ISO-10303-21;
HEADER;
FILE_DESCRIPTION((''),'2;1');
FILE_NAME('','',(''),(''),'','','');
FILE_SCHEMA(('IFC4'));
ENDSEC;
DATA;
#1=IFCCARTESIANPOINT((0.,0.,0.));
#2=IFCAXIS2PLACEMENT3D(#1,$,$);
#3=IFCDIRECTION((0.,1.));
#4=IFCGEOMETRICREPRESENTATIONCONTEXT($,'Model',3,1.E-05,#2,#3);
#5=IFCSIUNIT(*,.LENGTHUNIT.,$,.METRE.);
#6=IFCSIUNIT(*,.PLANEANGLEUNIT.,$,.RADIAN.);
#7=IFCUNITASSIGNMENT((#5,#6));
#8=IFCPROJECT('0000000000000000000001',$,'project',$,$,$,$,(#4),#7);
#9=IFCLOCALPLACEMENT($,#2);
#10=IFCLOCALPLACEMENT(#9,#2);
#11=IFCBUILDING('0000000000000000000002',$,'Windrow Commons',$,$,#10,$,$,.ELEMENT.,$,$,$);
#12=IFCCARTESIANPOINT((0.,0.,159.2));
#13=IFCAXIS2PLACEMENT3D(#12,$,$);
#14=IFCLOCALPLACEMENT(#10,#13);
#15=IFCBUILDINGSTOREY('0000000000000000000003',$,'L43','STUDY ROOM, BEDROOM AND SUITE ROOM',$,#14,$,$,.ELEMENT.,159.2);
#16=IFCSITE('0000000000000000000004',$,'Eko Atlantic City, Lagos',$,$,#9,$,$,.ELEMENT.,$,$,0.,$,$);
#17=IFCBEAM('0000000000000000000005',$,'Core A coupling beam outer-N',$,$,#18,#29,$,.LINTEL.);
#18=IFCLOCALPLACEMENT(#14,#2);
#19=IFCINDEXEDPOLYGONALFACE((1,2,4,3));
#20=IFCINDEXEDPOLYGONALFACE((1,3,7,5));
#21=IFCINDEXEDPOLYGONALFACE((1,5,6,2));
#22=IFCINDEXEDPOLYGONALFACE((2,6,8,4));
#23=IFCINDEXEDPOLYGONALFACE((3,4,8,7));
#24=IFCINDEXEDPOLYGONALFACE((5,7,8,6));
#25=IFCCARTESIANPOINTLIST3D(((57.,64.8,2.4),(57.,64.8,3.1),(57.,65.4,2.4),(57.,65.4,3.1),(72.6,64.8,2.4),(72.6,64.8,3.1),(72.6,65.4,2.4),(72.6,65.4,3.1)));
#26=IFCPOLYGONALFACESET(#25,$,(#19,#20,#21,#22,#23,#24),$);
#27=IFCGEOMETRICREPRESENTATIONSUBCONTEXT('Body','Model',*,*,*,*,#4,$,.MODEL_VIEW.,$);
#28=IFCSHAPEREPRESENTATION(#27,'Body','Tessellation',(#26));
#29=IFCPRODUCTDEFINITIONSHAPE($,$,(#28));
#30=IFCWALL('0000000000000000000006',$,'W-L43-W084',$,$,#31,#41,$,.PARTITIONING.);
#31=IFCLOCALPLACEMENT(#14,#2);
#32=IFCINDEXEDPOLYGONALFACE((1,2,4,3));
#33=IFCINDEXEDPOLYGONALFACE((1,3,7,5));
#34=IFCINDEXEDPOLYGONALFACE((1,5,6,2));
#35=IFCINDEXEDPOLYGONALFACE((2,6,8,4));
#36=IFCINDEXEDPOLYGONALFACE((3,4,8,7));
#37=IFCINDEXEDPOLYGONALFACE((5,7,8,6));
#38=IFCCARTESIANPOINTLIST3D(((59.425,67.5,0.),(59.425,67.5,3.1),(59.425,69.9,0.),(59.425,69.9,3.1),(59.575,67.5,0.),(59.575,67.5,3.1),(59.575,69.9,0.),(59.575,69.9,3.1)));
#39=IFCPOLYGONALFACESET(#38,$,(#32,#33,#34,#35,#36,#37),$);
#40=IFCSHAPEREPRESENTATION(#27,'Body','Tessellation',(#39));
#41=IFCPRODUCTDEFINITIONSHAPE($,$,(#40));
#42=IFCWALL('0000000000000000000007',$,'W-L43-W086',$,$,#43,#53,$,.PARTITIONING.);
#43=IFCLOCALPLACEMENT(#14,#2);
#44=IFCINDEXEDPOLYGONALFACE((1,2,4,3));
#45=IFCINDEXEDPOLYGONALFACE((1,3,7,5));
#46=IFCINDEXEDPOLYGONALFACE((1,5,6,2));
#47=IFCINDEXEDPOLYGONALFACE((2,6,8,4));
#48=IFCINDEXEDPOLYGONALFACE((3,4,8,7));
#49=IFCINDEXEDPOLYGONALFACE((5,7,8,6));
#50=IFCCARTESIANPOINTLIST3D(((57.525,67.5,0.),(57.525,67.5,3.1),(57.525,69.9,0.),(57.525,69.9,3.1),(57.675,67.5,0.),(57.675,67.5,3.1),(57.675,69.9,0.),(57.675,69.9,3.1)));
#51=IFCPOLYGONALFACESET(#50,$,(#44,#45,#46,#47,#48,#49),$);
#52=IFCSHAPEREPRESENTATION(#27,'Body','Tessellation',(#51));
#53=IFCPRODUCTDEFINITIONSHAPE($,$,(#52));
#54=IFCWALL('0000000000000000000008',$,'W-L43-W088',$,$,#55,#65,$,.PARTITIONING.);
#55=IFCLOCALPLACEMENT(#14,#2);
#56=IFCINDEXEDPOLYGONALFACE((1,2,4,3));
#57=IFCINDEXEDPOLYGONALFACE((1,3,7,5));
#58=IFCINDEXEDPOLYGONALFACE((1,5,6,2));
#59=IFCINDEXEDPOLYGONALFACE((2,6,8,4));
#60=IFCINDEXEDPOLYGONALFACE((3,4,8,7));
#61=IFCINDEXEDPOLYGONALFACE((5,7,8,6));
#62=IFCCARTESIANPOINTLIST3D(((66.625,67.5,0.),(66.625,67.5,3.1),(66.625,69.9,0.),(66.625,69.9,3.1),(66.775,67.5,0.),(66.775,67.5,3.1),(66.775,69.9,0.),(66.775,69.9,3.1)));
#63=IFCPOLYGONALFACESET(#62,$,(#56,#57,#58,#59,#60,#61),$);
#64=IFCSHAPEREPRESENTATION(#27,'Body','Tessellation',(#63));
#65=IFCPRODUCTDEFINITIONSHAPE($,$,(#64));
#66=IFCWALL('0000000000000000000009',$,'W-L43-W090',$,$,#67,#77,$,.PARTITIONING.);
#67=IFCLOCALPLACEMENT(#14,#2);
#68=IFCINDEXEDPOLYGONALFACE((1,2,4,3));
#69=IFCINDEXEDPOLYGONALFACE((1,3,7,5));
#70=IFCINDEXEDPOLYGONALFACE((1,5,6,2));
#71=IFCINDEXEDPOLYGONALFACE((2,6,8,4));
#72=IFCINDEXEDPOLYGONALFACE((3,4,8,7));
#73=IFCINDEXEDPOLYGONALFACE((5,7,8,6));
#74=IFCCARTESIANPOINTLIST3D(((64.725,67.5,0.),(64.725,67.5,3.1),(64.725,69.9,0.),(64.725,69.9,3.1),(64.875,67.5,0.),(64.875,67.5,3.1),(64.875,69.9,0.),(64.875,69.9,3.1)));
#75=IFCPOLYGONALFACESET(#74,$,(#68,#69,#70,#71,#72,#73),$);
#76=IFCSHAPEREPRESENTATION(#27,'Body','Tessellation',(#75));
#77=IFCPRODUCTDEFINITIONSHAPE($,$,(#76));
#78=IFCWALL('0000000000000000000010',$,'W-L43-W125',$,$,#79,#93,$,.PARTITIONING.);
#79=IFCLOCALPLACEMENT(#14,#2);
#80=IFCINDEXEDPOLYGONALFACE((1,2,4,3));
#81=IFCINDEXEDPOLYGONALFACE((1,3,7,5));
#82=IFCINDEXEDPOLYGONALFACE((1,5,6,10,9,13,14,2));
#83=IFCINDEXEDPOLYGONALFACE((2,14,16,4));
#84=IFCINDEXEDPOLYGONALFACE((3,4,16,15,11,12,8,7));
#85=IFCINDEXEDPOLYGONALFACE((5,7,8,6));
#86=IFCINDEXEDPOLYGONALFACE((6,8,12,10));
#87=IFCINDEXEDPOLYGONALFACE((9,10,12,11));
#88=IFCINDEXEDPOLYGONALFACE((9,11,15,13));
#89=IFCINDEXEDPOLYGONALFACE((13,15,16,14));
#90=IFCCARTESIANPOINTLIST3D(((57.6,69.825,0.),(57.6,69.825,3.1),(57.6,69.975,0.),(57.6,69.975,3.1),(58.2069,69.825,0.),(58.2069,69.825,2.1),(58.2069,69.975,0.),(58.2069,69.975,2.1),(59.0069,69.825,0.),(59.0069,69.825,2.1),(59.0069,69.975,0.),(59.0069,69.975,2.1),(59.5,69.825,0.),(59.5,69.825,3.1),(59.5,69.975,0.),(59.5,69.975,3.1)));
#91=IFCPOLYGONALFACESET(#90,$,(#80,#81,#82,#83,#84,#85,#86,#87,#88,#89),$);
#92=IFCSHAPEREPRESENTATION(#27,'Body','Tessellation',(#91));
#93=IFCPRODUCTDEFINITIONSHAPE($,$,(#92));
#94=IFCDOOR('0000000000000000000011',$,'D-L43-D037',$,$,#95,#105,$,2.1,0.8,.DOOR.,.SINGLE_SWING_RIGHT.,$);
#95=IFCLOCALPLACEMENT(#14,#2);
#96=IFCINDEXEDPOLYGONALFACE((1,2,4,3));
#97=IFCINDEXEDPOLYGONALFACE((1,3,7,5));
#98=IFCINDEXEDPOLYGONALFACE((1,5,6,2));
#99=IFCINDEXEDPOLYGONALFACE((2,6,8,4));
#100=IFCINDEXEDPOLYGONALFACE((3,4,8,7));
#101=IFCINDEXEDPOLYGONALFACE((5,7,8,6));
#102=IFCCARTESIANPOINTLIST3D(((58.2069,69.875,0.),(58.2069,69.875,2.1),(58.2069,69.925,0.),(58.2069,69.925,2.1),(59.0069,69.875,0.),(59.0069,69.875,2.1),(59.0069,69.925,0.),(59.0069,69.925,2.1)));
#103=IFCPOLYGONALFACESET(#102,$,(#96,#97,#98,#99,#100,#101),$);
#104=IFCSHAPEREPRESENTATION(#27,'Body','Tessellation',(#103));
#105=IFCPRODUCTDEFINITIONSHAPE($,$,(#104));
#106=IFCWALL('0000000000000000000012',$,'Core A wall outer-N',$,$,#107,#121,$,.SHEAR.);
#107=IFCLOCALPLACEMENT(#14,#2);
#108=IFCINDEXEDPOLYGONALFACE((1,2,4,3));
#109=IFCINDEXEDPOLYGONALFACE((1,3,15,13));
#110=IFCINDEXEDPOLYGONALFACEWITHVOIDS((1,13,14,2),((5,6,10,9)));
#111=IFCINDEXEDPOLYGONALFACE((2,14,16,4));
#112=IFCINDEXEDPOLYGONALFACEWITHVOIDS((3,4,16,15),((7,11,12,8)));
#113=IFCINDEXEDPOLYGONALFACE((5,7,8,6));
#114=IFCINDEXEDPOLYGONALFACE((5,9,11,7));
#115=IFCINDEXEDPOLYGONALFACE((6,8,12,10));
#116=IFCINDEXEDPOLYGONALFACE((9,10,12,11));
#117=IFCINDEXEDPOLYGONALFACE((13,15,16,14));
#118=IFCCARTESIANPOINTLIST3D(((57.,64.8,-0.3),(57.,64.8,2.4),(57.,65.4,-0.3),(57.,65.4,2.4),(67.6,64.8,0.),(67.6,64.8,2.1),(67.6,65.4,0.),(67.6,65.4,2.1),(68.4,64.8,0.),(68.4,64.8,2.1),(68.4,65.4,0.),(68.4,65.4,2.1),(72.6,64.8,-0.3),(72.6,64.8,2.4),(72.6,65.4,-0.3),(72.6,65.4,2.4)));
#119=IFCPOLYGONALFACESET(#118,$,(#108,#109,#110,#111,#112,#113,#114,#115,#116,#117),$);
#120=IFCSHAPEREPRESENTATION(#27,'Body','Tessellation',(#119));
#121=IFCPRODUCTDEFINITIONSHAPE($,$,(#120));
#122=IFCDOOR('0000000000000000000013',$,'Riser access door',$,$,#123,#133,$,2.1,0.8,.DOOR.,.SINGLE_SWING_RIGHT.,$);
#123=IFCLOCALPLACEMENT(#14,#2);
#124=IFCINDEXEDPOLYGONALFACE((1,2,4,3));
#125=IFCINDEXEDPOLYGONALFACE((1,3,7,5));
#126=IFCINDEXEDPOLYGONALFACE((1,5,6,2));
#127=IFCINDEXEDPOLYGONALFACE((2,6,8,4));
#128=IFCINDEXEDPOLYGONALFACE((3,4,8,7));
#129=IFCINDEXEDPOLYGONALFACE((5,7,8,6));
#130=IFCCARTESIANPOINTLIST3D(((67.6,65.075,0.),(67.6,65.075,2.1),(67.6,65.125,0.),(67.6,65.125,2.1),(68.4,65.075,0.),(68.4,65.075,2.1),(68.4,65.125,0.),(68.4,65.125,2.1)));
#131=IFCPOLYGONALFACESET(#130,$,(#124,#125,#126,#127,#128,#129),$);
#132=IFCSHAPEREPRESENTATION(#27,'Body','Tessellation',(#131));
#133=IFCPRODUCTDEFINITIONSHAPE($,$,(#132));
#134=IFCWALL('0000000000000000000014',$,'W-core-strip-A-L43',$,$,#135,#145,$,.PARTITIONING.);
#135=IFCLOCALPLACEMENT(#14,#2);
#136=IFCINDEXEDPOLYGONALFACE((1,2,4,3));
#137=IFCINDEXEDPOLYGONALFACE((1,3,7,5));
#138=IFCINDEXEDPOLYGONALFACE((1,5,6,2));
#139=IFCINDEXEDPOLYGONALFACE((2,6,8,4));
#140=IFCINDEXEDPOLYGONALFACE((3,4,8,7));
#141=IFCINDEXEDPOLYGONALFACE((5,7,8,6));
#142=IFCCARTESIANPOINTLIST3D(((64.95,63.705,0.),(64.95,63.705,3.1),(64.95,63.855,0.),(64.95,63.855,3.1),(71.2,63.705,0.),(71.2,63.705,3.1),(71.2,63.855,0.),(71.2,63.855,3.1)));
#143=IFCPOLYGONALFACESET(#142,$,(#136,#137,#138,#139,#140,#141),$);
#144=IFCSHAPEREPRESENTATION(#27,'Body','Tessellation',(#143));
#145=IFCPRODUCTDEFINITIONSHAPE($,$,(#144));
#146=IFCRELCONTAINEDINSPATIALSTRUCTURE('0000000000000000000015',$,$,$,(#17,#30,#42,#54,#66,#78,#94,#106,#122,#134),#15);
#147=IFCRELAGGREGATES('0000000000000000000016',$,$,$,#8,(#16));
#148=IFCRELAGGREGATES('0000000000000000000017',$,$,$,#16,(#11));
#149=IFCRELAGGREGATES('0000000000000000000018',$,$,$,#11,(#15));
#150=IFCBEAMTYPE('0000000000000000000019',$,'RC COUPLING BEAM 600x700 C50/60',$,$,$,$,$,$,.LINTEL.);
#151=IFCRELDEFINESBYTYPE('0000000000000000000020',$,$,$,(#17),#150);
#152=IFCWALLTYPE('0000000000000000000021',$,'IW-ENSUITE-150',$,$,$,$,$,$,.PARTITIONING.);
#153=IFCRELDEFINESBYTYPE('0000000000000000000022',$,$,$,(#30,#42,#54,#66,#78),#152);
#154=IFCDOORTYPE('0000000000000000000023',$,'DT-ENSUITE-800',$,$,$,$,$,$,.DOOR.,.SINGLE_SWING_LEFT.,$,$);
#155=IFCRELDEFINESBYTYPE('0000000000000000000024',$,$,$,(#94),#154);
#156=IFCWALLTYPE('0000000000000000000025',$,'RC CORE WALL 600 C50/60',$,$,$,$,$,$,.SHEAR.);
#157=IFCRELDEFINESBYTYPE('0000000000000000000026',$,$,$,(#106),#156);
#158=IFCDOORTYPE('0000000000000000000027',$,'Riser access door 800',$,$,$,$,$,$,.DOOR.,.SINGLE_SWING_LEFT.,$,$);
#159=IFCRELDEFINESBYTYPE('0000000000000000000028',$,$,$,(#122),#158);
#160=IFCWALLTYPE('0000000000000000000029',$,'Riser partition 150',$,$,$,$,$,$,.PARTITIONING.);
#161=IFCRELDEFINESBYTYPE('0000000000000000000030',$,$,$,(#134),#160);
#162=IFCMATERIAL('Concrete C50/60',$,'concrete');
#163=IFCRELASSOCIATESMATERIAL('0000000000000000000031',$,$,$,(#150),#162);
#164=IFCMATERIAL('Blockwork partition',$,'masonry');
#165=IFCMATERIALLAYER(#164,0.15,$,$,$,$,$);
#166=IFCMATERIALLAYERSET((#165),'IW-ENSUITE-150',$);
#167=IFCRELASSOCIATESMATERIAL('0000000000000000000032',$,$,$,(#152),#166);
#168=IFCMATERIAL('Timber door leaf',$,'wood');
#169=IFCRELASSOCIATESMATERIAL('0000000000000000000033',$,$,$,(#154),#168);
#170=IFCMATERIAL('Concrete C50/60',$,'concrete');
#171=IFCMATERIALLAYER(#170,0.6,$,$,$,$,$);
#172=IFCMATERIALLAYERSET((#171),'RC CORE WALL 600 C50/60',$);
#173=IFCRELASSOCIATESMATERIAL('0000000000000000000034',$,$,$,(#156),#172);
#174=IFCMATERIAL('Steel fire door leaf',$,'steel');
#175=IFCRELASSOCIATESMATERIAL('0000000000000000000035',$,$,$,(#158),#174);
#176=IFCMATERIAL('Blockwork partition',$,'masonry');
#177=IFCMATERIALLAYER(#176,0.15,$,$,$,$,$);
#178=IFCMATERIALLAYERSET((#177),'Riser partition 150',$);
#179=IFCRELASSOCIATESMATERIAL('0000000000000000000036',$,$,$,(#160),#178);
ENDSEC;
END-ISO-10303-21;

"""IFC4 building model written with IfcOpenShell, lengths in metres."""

from ifc_helpers import new_model, si_unit, direction, frame, frame_2d, origin, origin_2d, place, context, subcontext, project, spatial, rectangle, extrude, material, layer, layer_set, material_profile, profile_set, type_object, element, fill, save


model = new_model("IFC4")

# Units and contexts
model_context = context("Model", 3, precision=1e-05, world=origin(), true_north=direction((0.0, 1.0)))
body_context = subcontext(model_context, "Body", "Model", "MODEL_VIEW")
ifc_project = project(units=[si_unit("LENGTHUNIT", "METRE"), si_unit("PLANEANGLEUNIT", "RADIAN")], contexts=[model_context])

# Site, building, storey
site_placement = place(None, origin())
site = spatial("IfcSite", under=ifc_project, at=site_placement, Name="Eko Atlantic City, Lagos", CompositionType="ELEMENT", RefElevation=0.0)
building_placement = place(site_placement, origin())
building = spatial("IfcBuilding", under=site, at=building_placement, Name="Windrow Commons", CompositionType="ELEMENT")
storey_placement = place(building_placement, frame((0.0, 0.0, 159.2)))
storey = spatial("IfcBuildingStorey", under=building, at=storey_placement, Name="L43", Description="STUDY ROOM, BEDROOM AND SUITE ROOM", CompositionType="ELEMENT", Elevation=159.2)

# Beam
ifc_material_1 = material(Name="Concrete C50/60", Category="concrete")
ifc_material_profile = material_profile(ifc_material_1, rectangle(XDim=0.6, YDim=0.7, at=origin_2d()))
ifc_profile_set = profile_set([ifc_material_profile], Name="Concrete C50/60")
beam_type = type_object("IfcBeamType", Name="RC COUPLING BEAM 600x700 C50/60", PredefinedType="LINTEL", material=ifc_profile_set)
beam_placement = place(storey_placement, frame((57.0, 65.1, 2.75), z_axis=(1.0, 0.0, 0.0), x_axis=(0.0, 1.0, 0.0)))
element("IfcBeam", 1, at=beam_placement, inside=storey, type_object=beam_type, Name="Core A coupling beam outer-N", PredefinedType="LINTEL", context=body_context, shape_type="SweptSolid", body=[
    extrude(rectangle(XDim=0.6, YDim=0.7, at=origin_2d()), origin(), (0.0, 0.0, 1.0), 15.6),
])

# Walls
ifc_material_2 = material(Name="Blockwork partition", Category="masonry")
ifc_layer_1 = layer(ifc_material_2, 0.15)
ifc_layer_set_1 = layer_set([ifc_layer_1], Name="IW-ENSUITE-150")
wall_type_1 = type_object("IfcWallType", Name="IW-ENSUITE-150", PredefinedType="PARTITIONING", material=ifc_layer_set_1)
for number, where, z_axis, x_axis, name in (
    (2, (59.5, 67.5, 0.0), (0.0, 0.0, 1.0), (0.0, 1.0, 0.0), "W-L43-W084"),
    (3, (57.6, 67.5, 0.0), (0.0, 0.0, 1.0), (0.0, 1.0, 0.0), "W-L43-W086"),
    (4, (66.7, 67.5, 0.0), (0.0, 0.0, 1.0), (0.0, 1.0, 0.0), "W-L43-W088"),
    (5, (64.8, 67.5, 0.0), (0.0, 0.0, 1.0), (0.0, 1.0, 0.0), "W-L43-W090"),
):
    element("IfcWall", number, at=place(storey_placement, frame(where, z_axis=z_axis, x_axis=x_axis)), inside=storey, type_object=wall_type_1, Name=name, PredefinedType="PARTITIONING", context=body_context, shape_type="SweptSolid", body=[
        extrude(rectangle(XDim=2.4, YDim=0.15, at=frame_2d((1.2, 0.0))), origin(), (0.0, 0.0, 1.0), 3.1),
    ])

# Walls, openings, doors
wall_1_placement = place(storey_placement, frame((57.6, 69.9, 0.0), z_axis=(0.0, 0.0, 1.0), x_axis=(1.0, 0.0, 0.0)))
wall_1 = element("IfcWall", 6, at=wall_1_placement, inside=storey, type_object=wall_type_1, Name="W-L43-W125", PredefinedType="PARTITIONING", context=body_context, shape_type="SweptSolid", body=[
    extrude(rectangle(XDim=1.9, YDim=0.15, at=frame_2d((0.95, 0.0))), origin(), (0.0, 0.0, 1.0), 3.1),
])
opening_1_placement = place(wall_1_placement, frame((0.6069, 0.0, 0.0)))
opening_1 = element("IfcOpeningElement", 7, at=opening_1_placement, cuts=wall_1, PredefinedType="OPENING", context=body_context, shape_type="SweptSolid", body=[
    extrude(rectangle(XDim=0.8, YDim=2.1, at=frame_2d((0.4, 1.05))), frame((0.0, 0.085, 0.0), z_axis=(0.0, -1.0, 0.0), x_axis=(1.0, 0.0, 0.0)), (0.0, 0.0, 1.0), 0.17),
])
ifc_material_3 = material(Name="Timber door leaf", Category="wood")
door_type_1 = type_object("IfcDoorType", Name="DT-ENSUITE-800", OperationType="SINGLE_SWING_LEFT", PredefinedType="DOOR", material=ifc_material_3)
door_1_placement = place(opening_1_placement, origin())
door_1 = element("IfcDoor", 8, at=door_1_placement, inside=storey, type_object=door_type_1, Name="D-L43-D037", OperationType="SINGLE_SWING_RIGHT", OverallHeight=2.1, OverallWidth=0.8, PredefinedType="DOOR", context=body_context, shape_type="SweptSolid", body=[
    extrude(rectangle(XDim=0.8, YDim=2.1, at=frame_2d((0.4, 1.05))), frame((0.0, 0.025, 0.0), z_axis=(0.0, -1.0, 0.0), x_axis=(1.0, 0.0, 0.0)), (0.0, 0.0, 1.0), 0.05),
])
fill(opening_1, door_1)
ifc_material_4 = material(Name="Concrete C50/60", Category="concrete")
ifc_layer_2 = layer(ifc_material_4, 0.6)
ifc_layer_set_2 = layer_set([ifc_layer_2], Name="RC CORE WALL 600 C50/60")
wall_type_2 = type_object("IfcWallType", Name="RC CORE WALL 600 C50/60", PredefinedType="SHEAR", material=ifc_layer_set_2)
wall_2_placement = place(storey_placement, frame((57.0, 65.1, -0.3), z_axis=(0.0, 0.0, 1.0), x_axis=(1.0, 0.0, 0.0)))
wall_2 = element("IfcWall", 9, at=wall_2_placement, inside=storey, type_object=wall_type_2, Name="Core A wall outer-N", PredefinedType="SHEAR", context=body_context, shape_type="SweptSolid", body=[
    extrude(rectangle(XDim=15.6, YDim=0.6, at=frame_2d((7.8, 0.0))), origin(), (0.0, 0.0, 1.0), 2.7),
])
opening_2_placement = place(wall_2_placement, frame((10.6, 0.0, 0.3)))
opening_2 = element("IfcOpeningElement", 10, at=opening_2_placement, cuts=wall_2, PredefinedType="OPENING", context=body_context, shape_type="SweptSolid", body=[
    extrude(rectangle(XDim=0.8, YDim=2.1, at=frame_2d((0.4, 1.05))), frame((0.0, 0.31, 0.0), z_axis=(0.0, -1.0, 0.0), x_axis=(1.0, 0.0, 0.0)), (0.0, 0.0, 1.0), 0.62),
])
ifc_material_5 = material(Name="Steel fire door leaf", Category="steel")
door_type_2 = type_object("IfcDoorType", Name="Riser access door 800", OperationType="SINGLE_SWING_LEFT", PredefinedType="DOOR", material=ifc_material_5)
door_2_placement = place(opening_2_placement, origin())
door_2 = element("IfcDoor", 11, at=door_2_placement, inside=storey, type_object=door_type_2, Name="Riser access door", OperationType="SINGLE_SWING_RIGHT", OverallHeight=2.1, OverallWidth=0.8, PredefinedType="DOOR", context=body_context, shape_type="SweptSolid", body=[
    extrude(rectangle(XDim=0.8, YDim=2.1, at=frame_2d((0.4, 1.05))), frame((0.0, 0.025, 0.0), z_axis=(0.0, -1.0, 0.0), x_axis=(1.0, 0.0, 0.0)), (0.0, 0.0, 1.0), 0.05),
])
fill(opening_2, door_2)

# Wall
ifc_material_6 = material(Name="Blockwork partition", Category="masonry")
ifc_layer_3 = layer(ifc_material_6, 0.15)
ifc_layer_set_3 = layer_set([ifc_layer_3], Name="Riser partition 150")
wall_type_3 = type_object("IfcWallType", Name="Riser partition 150", PredefinedType="PARTITIONING", material=ifc_layer_set_3)
wall_3_placement = place(storey_placement, frame((64.95, 63.78, 0.0), z_axis=(0.0, 0.0, 1.0), x_axis=(1.0, 0.0, 0.0)))
element("IfcWall", 12, at=wall_3_placement, inside=storey, type_object=wall_type_3, Name="W-core-strip-A-L43", PredefinedType="PARTITIONING", context=body_context, shape_type="SweptSolid", body=[
    extrude(rectangle(XDim=6.25, YDim=0.15, at=frame_2d((3.125, 0.0))), origin(), (0.0, 0.0, 1.0), 3.1),
])

save(model, "model.ifc")
